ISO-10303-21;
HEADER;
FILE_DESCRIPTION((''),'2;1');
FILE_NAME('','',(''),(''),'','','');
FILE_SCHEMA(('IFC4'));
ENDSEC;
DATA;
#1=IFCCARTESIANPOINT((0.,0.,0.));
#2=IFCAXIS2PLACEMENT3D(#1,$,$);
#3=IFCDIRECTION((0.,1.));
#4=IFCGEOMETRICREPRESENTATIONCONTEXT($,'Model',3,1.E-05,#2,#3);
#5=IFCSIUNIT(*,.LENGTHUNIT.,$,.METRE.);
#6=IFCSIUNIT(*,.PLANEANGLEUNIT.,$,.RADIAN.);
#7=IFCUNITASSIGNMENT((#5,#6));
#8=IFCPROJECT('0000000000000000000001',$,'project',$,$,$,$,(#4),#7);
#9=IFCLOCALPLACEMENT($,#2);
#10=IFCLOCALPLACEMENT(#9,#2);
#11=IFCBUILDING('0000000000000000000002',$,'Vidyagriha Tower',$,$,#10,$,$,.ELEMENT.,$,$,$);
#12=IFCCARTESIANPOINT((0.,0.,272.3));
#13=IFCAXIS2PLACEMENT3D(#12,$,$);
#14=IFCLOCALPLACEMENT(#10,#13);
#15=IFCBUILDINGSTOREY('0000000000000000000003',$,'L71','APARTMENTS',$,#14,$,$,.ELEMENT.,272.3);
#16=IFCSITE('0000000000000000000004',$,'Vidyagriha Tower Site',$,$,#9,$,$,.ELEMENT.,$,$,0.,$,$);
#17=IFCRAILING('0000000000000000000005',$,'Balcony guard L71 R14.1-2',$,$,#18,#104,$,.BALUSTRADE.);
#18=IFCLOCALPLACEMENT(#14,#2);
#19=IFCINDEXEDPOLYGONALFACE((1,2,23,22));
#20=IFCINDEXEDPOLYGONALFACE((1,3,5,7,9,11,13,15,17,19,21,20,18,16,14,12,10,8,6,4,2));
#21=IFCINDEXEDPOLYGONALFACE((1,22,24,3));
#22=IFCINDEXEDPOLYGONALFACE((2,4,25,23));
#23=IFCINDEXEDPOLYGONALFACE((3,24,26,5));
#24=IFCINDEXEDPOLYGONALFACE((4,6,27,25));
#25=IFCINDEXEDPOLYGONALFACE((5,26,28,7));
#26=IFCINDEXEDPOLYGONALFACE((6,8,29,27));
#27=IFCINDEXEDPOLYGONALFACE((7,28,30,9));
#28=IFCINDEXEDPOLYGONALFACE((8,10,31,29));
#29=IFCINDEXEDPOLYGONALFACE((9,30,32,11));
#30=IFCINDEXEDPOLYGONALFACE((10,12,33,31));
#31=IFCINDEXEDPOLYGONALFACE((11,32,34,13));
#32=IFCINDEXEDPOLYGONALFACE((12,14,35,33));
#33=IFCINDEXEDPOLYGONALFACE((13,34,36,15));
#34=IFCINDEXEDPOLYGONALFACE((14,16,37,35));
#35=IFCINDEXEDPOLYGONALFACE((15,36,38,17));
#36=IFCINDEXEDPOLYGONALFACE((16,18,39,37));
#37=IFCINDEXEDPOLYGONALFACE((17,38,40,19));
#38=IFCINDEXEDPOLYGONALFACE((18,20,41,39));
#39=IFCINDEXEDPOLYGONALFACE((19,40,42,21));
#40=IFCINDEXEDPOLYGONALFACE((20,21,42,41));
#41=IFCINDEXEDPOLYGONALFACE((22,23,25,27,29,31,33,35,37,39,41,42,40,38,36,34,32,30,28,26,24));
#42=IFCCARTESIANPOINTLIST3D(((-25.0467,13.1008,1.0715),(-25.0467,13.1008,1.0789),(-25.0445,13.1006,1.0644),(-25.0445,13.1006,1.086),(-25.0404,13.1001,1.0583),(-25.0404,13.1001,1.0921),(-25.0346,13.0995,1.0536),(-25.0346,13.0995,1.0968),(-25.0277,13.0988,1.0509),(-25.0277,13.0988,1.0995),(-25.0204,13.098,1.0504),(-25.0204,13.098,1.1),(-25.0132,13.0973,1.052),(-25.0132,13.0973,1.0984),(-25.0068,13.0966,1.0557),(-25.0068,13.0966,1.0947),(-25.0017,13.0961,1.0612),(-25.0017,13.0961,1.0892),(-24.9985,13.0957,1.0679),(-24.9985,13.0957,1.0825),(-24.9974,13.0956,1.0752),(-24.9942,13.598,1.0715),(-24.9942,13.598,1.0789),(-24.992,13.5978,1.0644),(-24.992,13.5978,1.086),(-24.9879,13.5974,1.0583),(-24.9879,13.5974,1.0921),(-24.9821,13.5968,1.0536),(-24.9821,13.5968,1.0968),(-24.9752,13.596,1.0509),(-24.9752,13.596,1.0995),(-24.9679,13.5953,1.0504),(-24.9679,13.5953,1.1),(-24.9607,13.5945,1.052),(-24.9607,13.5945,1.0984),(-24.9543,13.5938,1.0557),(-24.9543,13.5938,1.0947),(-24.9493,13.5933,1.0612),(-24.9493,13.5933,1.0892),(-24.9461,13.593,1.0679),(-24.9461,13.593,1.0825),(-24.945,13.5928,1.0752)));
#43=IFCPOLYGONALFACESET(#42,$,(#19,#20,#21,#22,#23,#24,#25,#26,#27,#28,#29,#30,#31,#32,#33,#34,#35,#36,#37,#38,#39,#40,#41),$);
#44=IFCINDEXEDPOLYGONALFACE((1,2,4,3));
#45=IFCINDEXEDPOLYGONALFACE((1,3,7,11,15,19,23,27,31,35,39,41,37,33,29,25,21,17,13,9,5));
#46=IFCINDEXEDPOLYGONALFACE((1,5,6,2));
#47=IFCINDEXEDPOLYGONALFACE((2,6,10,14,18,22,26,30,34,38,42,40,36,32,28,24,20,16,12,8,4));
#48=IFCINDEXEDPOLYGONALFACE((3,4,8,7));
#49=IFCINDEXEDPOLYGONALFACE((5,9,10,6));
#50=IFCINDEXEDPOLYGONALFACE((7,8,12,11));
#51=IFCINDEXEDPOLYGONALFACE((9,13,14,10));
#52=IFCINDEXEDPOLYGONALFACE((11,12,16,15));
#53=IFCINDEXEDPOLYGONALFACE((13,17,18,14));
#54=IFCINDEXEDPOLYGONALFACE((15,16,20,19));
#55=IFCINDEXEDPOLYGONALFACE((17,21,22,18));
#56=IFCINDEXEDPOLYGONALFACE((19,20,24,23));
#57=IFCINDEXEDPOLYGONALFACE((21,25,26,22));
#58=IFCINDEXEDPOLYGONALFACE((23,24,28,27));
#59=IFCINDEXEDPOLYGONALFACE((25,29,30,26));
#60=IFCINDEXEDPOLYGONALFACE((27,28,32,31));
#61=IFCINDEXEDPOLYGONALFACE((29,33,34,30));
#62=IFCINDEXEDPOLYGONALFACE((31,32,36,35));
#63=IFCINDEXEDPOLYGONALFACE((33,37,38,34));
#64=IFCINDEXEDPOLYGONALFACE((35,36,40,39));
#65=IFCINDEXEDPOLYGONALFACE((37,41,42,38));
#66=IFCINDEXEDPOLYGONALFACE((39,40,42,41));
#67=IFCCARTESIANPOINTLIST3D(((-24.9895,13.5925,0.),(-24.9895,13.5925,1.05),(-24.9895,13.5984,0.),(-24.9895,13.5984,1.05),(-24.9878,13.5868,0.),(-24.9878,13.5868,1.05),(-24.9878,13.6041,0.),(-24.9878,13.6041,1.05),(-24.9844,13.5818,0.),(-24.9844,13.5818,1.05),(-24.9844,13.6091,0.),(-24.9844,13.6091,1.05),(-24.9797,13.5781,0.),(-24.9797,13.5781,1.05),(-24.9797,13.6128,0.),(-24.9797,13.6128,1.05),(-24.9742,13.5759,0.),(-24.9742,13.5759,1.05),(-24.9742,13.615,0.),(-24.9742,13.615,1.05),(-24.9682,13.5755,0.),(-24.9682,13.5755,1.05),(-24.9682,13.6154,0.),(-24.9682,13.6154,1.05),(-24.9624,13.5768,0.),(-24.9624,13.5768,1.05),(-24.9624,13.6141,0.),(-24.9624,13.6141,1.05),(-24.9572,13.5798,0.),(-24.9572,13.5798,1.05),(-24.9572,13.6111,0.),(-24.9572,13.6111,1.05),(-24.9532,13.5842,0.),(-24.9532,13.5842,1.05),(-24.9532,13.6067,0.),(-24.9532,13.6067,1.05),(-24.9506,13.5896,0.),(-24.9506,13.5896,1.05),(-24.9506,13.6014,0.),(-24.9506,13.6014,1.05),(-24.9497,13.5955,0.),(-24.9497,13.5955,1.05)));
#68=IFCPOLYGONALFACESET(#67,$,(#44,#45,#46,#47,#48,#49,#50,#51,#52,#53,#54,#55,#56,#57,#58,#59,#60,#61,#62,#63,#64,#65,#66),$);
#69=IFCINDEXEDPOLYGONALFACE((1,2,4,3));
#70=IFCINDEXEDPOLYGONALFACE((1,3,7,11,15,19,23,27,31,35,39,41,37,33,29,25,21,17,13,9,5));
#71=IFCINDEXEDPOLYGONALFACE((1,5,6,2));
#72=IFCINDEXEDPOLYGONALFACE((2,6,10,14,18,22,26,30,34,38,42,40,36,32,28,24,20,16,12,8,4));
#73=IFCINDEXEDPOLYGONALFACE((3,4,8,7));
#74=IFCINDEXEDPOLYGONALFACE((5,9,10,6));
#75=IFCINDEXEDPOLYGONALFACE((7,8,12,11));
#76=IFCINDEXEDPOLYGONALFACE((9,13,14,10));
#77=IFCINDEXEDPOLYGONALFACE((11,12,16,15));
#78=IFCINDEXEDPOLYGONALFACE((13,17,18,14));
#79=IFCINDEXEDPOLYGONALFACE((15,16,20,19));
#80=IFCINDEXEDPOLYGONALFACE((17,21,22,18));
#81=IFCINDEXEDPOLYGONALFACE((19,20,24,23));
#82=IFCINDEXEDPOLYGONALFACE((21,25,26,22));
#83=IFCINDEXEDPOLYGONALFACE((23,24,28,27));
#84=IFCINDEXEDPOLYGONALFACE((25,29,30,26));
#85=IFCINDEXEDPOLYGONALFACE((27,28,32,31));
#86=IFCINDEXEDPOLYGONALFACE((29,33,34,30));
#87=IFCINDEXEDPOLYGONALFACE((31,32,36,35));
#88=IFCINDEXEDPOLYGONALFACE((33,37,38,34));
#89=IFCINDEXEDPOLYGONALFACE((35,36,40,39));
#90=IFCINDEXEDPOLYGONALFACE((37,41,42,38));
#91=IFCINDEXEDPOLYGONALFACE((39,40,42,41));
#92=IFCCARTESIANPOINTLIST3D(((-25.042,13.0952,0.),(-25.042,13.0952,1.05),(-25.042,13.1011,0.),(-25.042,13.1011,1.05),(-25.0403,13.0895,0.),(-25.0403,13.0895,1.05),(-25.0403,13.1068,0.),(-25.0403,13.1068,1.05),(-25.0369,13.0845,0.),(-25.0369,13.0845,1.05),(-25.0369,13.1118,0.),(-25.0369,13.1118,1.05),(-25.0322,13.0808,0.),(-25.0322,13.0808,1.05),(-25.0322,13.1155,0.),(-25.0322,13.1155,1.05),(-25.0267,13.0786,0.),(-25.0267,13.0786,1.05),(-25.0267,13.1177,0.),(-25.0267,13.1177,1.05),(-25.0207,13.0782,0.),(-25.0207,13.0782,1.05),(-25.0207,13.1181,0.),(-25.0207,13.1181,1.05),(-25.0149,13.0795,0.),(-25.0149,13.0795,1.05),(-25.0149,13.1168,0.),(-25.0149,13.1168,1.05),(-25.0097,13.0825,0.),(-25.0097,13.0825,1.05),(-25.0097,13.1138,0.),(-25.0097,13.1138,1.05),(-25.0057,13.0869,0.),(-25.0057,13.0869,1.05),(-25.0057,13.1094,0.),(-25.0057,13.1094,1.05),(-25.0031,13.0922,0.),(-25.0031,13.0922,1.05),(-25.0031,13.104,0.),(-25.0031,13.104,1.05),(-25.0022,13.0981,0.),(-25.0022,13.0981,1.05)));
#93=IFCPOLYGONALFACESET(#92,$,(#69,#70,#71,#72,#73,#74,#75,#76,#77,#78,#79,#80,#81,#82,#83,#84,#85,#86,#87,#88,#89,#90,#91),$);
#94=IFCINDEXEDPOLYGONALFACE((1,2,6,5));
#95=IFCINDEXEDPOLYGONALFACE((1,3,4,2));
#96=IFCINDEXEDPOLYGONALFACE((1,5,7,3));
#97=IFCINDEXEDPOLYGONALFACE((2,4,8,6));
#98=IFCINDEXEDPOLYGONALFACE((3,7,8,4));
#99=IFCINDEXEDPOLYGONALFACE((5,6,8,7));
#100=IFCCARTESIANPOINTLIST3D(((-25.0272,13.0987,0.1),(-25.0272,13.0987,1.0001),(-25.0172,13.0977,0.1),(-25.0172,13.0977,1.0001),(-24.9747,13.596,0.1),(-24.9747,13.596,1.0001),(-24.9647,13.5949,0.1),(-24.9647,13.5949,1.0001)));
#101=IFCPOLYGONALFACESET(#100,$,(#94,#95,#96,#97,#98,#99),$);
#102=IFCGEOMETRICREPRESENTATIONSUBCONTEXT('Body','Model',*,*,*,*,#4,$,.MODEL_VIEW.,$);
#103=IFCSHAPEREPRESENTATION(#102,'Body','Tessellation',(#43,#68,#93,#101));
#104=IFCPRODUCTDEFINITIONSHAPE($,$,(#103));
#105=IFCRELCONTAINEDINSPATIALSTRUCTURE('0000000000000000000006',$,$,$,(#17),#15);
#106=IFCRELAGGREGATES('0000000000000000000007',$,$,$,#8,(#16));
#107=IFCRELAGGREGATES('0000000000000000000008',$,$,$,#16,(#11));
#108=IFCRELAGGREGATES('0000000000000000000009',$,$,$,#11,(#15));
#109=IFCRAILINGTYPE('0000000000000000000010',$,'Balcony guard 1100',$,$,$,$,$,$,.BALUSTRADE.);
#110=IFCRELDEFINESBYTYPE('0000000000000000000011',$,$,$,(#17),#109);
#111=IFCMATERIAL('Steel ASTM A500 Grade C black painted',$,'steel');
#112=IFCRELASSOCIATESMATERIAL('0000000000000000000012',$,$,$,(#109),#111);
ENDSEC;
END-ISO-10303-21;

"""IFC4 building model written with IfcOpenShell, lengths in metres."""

from ifc_helpers import new_model, si_unit, direction, frame, origin, origin_2d, place, context, subcontext, project, spatial, rectangle, circle, extrude, material, type_object, element, save


model = new_model("IFC4")

# Units and contexts
model_context = context("Model", 3, precision=1e-05, world=origin(), true_north=direction((0.0, 1.0)))
body_context = subcontext(model_context, "Body", "Model", "MODEL_VIEW")
ifc_project = project(units=[si_unit("LENGTHUNIT", "METRE"), si_unit("PLANEANGLEUNIT", "RADIAN")], contexts=[model_context])

# Site, building, storey
site_placement = place(None, origin())
site = spatial("IfcSite", under=ifc_project, at=site_placement, Name="Vidyagriha Tower Site", CompositionType="ELEMENT", RefElevation=0.0)
building_placement = place(site_placement, origin())
building = spatial("IfcBuilding", under=site, at=building_placement, Name="Vidyagriha Tower", CompositionType="ELEMENT")
storey_placement = place(building_placement, frame((0.0, 0.0, 272.3)))
storey = spatial("IfcBuildingStorey", under=building, at=storey_placement, Name="L71", Description="APARTMENTS", CompositionType="ELEMENT", Elevation=272.3)

# Railing
ifc_material_1 = material(Name="Steel ASTM A500 Grade C black painted", Category="steel")
railing_type_1 = type_object("IfcRailingType", Name="Balcony guard 1100", PredefinedType="BALUSTRADE", material=ifc_material_1)
railing_1_placement = place(storey_placement, frame((-24.9697, 13.5955, 0.0)))
element("IfcRailing", 1, at=railing_1_placement, inside=storey, type_object=railing_type_1, Name="Balcony guard L71 R14.1-2", PredefinedType="BALUSTRADE", context=body_context, shape_type="SweptSolid", body=[
    extrude(circle(Radius=0.0249, at=origin_2d()), frame((0.0, 0.0, 1.0752), z_axis=(-0.104964, -0.994476, 0.0), x_axis=(0.994476, -0.104964, 0.0)), (0.0, 0.0, 1.0), 0.5),
    extrude(circle(Radius=0.02, at=origin_2d()), origin(), (0.0, 0.0, 1.0), 1.05),
    extrude(circle(Radius=0.02, at=origin_2d()), frame((-0.0525, -0.4973, 0.0)), (0.0, 0.0, 1.0), 1.05),
    extrude(rectangle(XDim=0.01, YDim=0.9001, at=origin_2d()), frame((0.0, 0.0, 0.55), z_axis=(-0.104964, -0.994476, 0.0), x_axis=(0.994476, -0.104964, 0.0)), (0.0, 0.0, 1.0), 0.5),
])

save(model, "model.ifc")
